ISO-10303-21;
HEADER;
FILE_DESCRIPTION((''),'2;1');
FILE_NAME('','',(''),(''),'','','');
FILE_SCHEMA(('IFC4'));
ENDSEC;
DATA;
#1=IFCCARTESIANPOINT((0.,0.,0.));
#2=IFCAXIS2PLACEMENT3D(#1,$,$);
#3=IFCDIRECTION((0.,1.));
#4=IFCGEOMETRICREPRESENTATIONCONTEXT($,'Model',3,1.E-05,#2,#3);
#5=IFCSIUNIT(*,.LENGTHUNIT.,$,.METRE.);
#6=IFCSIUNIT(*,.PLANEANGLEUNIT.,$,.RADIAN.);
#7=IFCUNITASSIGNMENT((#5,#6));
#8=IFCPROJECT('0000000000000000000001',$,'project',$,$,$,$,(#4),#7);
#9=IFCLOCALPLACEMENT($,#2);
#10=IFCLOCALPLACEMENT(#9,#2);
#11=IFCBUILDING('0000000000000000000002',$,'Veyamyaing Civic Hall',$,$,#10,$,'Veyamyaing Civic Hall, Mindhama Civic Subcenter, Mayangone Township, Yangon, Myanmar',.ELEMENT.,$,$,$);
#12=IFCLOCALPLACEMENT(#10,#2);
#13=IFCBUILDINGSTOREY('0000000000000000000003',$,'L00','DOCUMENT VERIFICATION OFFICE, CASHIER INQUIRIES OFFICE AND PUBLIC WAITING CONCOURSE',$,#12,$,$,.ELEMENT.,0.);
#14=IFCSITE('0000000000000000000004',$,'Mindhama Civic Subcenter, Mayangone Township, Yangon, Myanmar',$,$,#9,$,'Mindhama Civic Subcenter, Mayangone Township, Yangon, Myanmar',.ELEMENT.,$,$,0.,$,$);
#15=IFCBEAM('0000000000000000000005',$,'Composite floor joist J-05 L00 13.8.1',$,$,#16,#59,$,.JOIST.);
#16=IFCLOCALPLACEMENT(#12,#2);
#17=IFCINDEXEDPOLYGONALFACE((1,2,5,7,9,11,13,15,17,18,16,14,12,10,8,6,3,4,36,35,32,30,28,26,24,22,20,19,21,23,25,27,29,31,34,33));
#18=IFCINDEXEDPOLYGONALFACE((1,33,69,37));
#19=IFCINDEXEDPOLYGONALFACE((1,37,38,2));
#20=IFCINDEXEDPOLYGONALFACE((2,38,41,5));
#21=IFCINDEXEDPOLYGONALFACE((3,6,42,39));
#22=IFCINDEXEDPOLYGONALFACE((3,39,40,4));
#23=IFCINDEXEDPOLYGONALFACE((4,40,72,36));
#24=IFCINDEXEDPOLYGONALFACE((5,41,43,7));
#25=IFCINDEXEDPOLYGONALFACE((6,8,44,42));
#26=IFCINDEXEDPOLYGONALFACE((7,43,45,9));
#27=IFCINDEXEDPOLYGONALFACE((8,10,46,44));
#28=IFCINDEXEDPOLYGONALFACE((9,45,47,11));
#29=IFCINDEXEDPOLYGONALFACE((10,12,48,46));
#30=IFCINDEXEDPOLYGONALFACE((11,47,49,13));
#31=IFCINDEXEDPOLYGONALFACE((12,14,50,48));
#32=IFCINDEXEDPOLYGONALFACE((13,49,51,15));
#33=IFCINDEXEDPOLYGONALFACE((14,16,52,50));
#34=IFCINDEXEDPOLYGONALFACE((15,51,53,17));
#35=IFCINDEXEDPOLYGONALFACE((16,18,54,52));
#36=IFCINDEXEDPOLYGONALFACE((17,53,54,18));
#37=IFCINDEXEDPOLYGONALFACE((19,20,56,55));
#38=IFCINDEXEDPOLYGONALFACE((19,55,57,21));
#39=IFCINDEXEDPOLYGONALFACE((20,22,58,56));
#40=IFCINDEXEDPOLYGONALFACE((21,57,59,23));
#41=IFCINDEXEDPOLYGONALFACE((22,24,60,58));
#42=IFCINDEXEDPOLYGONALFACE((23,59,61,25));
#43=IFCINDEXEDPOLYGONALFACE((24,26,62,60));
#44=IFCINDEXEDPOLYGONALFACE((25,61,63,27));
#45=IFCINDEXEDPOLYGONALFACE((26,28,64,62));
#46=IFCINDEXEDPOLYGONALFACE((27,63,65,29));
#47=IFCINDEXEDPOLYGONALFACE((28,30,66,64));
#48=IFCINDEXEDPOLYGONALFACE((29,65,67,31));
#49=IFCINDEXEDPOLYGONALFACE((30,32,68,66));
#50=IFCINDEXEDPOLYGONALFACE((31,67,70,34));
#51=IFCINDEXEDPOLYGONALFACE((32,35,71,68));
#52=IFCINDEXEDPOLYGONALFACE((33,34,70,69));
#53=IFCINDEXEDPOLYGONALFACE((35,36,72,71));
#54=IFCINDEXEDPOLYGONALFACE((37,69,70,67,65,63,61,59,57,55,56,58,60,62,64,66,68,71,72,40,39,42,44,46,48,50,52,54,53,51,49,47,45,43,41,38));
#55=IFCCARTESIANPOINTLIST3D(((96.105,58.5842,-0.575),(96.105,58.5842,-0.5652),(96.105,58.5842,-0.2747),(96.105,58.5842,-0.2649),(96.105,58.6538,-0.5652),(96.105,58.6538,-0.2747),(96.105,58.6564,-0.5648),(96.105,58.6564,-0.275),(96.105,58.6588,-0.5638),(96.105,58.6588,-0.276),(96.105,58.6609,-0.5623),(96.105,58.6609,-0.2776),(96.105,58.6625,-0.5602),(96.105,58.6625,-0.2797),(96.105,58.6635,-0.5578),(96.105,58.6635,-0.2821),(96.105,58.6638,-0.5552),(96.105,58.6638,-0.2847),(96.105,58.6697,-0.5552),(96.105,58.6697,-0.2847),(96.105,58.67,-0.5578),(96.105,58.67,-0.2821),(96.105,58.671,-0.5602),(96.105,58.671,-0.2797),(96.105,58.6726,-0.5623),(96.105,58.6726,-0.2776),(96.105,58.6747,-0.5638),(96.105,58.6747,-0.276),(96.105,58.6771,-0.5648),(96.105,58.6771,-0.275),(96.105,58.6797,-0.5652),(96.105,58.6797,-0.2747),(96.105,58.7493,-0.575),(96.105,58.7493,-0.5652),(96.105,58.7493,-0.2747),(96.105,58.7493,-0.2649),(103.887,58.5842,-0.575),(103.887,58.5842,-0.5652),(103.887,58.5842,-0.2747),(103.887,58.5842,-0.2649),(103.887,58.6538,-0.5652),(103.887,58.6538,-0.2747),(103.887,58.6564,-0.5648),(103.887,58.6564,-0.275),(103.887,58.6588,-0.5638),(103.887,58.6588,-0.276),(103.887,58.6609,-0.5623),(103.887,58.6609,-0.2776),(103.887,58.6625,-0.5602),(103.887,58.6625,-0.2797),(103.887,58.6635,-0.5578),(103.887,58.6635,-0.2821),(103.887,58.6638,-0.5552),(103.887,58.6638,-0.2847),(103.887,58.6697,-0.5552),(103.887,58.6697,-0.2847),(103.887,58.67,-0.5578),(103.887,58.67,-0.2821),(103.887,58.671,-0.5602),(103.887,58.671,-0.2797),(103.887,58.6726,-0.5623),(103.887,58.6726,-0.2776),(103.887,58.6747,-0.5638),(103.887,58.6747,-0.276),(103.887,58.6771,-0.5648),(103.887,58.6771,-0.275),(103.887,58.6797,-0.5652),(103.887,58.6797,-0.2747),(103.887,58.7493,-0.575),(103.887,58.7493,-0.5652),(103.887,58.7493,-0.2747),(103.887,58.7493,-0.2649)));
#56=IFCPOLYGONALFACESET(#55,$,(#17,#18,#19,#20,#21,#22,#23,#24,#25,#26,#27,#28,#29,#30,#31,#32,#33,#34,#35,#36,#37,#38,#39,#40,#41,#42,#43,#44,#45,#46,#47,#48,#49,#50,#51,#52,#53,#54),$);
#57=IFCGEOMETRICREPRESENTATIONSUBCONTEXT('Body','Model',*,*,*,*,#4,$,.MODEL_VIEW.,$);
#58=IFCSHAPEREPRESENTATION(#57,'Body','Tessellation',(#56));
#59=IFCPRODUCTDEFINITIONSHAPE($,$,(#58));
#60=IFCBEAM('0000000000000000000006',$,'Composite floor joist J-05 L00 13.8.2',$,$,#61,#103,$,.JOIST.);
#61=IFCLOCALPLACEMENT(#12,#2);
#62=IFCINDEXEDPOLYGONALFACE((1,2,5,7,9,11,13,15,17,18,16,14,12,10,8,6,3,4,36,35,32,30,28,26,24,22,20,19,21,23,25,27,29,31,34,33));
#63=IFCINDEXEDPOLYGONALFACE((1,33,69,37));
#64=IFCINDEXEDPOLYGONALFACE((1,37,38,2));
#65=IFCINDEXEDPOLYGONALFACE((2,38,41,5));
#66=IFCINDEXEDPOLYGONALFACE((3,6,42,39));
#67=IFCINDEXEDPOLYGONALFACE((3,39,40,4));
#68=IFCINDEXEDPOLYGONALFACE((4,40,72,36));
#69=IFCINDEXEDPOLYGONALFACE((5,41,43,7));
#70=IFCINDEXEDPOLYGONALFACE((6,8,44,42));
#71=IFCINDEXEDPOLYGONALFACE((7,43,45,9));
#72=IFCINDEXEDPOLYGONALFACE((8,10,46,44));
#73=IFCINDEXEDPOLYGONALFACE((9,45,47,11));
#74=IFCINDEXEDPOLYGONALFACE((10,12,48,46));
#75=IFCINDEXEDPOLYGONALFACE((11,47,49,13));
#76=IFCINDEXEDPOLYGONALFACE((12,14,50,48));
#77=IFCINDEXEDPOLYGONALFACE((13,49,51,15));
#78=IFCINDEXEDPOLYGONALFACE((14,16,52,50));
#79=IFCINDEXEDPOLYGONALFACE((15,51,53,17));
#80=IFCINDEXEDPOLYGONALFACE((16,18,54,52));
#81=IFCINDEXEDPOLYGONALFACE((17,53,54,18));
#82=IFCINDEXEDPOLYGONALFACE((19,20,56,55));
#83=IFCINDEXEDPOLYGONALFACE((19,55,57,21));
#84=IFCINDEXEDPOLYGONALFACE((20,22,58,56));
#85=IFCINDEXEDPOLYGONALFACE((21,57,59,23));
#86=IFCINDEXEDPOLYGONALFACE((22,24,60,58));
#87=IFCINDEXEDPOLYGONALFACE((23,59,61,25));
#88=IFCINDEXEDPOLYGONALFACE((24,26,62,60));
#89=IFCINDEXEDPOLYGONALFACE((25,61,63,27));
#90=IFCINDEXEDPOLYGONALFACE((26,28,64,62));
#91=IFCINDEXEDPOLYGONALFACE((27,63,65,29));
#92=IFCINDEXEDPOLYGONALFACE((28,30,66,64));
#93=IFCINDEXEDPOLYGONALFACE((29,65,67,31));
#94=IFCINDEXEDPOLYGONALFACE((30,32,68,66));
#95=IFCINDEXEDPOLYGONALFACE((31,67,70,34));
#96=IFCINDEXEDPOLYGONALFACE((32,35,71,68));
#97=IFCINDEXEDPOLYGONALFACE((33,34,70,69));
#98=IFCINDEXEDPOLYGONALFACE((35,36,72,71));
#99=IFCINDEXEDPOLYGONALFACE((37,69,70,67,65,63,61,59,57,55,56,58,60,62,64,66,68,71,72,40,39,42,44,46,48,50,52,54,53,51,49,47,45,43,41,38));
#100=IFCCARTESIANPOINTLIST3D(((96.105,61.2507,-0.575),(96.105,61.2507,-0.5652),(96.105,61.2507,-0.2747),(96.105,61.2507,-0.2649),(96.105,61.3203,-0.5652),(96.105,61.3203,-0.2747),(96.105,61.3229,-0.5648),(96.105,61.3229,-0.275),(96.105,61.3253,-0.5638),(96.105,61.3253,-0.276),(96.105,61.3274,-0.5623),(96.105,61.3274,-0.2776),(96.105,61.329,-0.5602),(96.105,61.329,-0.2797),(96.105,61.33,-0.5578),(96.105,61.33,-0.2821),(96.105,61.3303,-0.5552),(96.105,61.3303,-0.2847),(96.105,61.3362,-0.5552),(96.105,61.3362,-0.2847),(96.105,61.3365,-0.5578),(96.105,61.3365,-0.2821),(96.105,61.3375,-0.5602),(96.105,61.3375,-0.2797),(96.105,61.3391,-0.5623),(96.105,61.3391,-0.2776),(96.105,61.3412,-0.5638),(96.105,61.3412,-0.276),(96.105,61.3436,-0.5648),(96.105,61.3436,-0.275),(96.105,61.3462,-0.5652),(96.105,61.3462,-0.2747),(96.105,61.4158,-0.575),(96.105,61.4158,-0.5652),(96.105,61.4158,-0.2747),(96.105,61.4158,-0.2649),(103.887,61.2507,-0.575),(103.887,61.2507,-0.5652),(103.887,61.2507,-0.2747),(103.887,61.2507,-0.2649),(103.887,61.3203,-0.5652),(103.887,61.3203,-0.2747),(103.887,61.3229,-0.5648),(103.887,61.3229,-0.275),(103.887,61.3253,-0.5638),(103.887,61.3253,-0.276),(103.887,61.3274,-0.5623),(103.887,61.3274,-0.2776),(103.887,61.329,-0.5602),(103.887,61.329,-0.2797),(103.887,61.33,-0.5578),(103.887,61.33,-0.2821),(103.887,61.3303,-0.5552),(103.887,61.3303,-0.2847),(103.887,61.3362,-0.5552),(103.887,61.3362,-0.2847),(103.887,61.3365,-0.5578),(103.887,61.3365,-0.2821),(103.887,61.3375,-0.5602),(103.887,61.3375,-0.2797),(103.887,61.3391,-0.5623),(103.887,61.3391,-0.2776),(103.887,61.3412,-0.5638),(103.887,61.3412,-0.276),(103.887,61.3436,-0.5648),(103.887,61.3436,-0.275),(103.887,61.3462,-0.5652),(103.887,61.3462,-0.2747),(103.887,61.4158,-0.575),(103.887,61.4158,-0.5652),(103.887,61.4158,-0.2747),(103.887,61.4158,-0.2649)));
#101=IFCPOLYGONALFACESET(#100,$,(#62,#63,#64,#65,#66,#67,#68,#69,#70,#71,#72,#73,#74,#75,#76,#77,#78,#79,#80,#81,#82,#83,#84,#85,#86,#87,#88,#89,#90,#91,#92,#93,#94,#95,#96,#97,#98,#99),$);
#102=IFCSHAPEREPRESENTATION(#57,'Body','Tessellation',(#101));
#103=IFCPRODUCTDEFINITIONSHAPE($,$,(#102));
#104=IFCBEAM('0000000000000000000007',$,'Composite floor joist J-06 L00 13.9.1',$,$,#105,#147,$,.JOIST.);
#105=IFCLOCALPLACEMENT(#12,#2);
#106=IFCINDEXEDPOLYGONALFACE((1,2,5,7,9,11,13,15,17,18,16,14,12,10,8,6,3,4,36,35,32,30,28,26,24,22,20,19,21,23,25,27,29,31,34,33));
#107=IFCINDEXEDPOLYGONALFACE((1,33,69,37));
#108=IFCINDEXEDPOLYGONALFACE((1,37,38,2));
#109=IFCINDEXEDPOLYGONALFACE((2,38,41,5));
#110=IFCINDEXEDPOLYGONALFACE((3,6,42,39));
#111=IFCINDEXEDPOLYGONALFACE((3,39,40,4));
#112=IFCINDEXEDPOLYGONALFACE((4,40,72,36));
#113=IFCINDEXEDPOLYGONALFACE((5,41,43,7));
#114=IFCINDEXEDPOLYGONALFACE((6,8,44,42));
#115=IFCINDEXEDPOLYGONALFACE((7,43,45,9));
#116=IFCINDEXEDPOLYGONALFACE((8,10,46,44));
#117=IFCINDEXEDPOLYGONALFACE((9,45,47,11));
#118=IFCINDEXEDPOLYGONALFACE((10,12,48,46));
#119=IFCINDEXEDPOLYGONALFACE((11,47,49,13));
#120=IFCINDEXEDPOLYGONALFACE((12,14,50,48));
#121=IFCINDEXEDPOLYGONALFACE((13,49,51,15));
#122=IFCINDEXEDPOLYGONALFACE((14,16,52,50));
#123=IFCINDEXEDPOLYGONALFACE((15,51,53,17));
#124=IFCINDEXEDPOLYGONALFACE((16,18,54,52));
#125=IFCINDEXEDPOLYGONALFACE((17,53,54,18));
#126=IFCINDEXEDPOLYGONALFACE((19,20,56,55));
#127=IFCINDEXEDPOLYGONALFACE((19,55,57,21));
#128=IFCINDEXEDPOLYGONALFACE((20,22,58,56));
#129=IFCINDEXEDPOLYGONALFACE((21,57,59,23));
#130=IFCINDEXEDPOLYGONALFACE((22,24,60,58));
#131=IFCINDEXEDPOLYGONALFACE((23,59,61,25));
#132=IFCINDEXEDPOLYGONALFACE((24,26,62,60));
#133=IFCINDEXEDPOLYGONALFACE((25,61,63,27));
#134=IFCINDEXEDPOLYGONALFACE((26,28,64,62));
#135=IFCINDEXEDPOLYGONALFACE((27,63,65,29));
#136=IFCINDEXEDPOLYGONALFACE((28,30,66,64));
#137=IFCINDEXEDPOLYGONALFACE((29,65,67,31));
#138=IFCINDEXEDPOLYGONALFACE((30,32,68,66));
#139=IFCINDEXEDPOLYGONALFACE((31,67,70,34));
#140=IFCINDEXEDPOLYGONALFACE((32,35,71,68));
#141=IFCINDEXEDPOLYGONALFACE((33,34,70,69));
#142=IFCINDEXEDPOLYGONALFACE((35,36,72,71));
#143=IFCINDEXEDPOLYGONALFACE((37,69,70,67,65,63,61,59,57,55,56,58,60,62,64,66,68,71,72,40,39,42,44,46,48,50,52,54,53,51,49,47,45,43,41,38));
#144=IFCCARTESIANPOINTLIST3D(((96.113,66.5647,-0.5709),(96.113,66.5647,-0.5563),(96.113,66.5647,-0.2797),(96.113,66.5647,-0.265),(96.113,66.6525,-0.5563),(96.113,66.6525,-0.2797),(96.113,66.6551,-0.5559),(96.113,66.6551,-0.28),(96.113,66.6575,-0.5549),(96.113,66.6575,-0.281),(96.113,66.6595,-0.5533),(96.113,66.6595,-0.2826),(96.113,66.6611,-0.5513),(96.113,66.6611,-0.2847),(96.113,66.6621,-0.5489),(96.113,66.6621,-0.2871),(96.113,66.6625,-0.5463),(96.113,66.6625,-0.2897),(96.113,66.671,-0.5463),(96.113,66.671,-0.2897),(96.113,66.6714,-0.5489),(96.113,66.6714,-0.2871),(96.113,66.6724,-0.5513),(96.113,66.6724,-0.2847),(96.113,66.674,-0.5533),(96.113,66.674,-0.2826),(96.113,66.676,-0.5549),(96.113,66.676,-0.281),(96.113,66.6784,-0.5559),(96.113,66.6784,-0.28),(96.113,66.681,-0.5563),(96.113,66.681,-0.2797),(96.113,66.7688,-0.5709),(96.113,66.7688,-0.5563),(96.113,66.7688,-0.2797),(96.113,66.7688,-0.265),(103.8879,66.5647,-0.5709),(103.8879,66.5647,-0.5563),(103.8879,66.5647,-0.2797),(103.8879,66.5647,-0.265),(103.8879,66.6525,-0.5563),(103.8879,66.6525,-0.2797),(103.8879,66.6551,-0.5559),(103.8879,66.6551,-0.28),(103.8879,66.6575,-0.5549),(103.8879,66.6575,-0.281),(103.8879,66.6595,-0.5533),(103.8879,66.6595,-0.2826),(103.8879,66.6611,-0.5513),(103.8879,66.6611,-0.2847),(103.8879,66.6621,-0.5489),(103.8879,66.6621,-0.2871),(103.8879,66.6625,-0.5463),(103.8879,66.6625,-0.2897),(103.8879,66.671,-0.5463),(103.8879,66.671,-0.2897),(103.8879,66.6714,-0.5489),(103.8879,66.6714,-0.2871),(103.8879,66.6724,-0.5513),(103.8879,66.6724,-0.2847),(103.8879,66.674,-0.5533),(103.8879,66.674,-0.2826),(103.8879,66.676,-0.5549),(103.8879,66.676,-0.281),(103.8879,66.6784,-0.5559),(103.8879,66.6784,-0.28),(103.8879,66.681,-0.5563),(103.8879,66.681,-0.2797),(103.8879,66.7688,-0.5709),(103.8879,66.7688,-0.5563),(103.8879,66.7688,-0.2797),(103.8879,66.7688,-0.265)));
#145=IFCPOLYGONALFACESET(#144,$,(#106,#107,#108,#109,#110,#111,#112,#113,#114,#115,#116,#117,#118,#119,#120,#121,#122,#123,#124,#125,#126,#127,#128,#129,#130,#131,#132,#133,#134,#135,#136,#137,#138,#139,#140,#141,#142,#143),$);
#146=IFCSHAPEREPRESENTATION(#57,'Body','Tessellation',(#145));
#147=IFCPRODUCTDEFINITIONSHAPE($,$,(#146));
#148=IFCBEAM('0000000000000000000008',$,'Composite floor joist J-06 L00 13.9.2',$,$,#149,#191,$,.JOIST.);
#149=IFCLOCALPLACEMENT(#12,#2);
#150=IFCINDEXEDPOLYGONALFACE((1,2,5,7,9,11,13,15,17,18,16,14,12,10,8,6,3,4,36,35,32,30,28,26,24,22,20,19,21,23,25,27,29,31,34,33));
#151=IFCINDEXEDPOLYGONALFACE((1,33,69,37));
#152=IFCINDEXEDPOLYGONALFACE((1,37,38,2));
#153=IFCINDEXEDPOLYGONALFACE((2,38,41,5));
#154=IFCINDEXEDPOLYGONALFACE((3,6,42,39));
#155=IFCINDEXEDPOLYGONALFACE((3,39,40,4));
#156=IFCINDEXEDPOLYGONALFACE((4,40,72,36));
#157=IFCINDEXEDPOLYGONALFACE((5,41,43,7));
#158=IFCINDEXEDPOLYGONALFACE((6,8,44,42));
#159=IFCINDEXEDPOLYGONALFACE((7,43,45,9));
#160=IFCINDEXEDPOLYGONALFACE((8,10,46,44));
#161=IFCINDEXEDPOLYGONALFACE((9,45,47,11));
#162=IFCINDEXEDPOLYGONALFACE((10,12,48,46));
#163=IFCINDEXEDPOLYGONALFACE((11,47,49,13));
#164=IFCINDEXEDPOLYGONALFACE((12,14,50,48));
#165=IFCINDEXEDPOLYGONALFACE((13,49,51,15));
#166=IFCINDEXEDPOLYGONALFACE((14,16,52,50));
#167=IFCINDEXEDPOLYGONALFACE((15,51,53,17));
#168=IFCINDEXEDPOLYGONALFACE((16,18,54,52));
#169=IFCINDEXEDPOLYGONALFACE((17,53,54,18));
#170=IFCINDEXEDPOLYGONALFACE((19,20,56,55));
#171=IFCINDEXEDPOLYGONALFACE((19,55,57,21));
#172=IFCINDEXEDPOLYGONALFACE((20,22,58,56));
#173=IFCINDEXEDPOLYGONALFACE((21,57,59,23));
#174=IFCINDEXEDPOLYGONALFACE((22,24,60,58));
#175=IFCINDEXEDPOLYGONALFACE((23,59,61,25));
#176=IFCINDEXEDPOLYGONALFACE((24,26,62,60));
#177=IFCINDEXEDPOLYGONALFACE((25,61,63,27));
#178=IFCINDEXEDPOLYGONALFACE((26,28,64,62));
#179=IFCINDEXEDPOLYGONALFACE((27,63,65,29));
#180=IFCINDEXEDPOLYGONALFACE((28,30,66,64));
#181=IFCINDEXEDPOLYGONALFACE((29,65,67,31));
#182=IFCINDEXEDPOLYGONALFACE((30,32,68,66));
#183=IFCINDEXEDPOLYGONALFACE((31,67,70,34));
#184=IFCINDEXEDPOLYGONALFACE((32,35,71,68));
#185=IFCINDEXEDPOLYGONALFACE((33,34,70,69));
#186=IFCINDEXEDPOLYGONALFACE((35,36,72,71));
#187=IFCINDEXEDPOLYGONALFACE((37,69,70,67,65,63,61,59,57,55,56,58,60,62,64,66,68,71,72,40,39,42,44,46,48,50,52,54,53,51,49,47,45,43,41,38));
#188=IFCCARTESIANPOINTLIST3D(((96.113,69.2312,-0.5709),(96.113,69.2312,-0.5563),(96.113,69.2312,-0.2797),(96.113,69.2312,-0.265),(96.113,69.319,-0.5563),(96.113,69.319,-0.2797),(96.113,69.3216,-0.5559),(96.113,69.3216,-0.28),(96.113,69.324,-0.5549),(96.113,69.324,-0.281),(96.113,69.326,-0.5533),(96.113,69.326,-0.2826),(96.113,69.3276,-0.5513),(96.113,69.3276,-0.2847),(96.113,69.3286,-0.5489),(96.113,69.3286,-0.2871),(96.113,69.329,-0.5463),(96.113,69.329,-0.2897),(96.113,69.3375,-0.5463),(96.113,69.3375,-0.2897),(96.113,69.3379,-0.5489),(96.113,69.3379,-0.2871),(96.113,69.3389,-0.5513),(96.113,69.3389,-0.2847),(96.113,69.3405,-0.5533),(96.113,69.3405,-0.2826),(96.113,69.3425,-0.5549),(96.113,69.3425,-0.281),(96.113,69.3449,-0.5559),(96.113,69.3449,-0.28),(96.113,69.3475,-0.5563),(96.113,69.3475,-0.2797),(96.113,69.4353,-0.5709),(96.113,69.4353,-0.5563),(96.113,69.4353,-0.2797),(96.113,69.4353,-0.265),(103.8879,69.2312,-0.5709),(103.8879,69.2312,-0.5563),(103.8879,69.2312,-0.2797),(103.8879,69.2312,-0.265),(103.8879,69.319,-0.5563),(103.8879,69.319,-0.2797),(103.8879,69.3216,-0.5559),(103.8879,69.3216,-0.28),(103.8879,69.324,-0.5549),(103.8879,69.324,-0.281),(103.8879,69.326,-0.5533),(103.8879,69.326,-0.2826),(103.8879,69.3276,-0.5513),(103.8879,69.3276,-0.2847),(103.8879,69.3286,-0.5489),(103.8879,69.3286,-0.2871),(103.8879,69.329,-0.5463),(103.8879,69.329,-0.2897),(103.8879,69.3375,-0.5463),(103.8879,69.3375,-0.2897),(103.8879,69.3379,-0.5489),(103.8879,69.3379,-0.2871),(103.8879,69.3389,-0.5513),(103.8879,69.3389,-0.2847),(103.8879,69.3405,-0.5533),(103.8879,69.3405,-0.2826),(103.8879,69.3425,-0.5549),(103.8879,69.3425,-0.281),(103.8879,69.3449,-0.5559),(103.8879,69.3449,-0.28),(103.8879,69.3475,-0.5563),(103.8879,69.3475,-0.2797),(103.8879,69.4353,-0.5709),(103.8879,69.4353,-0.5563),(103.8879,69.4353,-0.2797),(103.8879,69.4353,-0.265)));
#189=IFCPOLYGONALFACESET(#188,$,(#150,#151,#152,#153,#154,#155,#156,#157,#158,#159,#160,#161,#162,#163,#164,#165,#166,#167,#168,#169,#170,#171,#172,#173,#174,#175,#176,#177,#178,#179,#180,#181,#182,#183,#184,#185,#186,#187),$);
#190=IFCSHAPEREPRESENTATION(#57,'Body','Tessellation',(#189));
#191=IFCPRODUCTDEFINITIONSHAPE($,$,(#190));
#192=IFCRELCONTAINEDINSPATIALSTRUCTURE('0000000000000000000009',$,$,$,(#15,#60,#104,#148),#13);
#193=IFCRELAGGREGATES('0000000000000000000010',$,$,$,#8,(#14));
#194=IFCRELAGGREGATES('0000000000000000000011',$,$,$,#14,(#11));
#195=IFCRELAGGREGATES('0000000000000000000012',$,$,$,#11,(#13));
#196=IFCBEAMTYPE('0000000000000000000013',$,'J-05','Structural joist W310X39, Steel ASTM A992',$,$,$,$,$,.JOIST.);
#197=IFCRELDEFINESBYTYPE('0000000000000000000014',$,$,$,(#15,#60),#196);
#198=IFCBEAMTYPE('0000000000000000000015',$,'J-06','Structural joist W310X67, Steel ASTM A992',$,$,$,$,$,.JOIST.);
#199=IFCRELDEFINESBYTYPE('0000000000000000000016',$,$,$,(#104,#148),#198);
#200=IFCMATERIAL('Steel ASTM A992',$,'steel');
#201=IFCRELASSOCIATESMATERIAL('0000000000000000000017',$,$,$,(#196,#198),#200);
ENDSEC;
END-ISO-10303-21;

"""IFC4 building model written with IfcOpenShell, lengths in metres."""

from ifc_helpers import new_model, si_unit, direction, frame, origin, origin_2d, place, context, subcontext, project, spatial, i_section, extrude, material, material_profile, profile_set, type_object, element, save


model = new_model("IFC4")

# Units and contexts
model_context = context("Model", 3, precision=1e-05, world=origin(), true_north=direction((0.0, 1.0)))
body_context = subcontext(model_context, "Body", "Model", "MODEL_VIEW")
ifc_project = project(units=[si_unit("LENGTHUNIT", "METRE"), si_unit("PLANEANGLEUNIT", "RADIAN")], contexts=[model_context])

# Site, building, storey
site_placement = place(None, origin())
site = spatial("IfcSite", under=ifc_project, at=site_placement, Name="Mindhama Civic Subcenter, Mayangone Township, Yangon, Myanmar", LongName="Mindhama Civic Subcenter, Mayangone Township, Yangon, Myanmar", CompositionType="ELEMENT", RefElevation=0.0)
building_placement = place(site_placement, origin())
building = spatial("IfcBuilding", under=site, at=building_placement, Name="Veyamyaing Civic Hall", LongName="Veyamyaing Civic Hall, Mindhama Civic Subcenter, Mayangone Township, Yangon, Myanmar", CompositionType="ELEMENT")
storey_placement = place(building_placement, origin())
storey = spatial("IfcBuildingStorey", under=building, at=storey_placement, Name="L00", Description="DOCUMENT VERIFICATION OFFICE, CASHIER INQUIRIES OFFICE AND PUBLIC WAITING CONCOURSE", CompositionType="ELEMENT", Elevation=0.0)

# Beams
ifc_material_1 = material(Name="Steel ASTM A992", Category="steel")
ifc_material_profile_1 = material_profile(ifc_material_1, i_section(OverallWidth=0.165, OverallDepth=0.3101, WebThickness=0.0059, FlangeThickness=0.0098, FilletRadius=0.01, at=origin_2d()), Name="W310X39")
ifc_profile_set_1 = profile_set([ifc_material_profile_1], Name="Steel ASTM A992")
beam_type_1 = type_object("IfcBeamType", Name="J-05", Description="Structural joist W310X39, Steel ASTM A992", PredefinedType="JOIST", material=ifc_profile_set_1)
for number, where, z_axis, x_axis, name in (
    (1, (96.105, 58.6667, -0.4199), (1.0, 0.0, 0.0), (0.0, 1.0, 0.0), "Composite floor joist J-05 L00 13.8.1"),
    (2, (96.105, 61.3333, -0.4199), (1.0, 0.0, 0.0), (0.0, 1.0, 0.0), "Composite floor joist J-05 L00 13.8.2"),
):
    element("IfcBeam", number, at=place(storey_placement, frame(where, z_axis=z_axis, x_axis=x_axis)), inside=storey, type_object=beam_type_1, Name=name, PredefinedType="JOIST", context=body_context, shape_type="SweptSolid", body=[
        extrude(i_section(OverallWidth=0.165, OverallDepth=0.3101, WebThickness=0.0059, FlangeThickness=0.0098, FilletRadius=0.01, at=origin_2d()), origin(), (0.0, 0.0, 1.0), 7.782),
    ])
ifc_material_profile_2 = material_profile(ifc_material_1, i_section(OverallWidth=0.2041, OverallDepth=0.3059, WebThickness=0.0085, FlangeThickness=0.0146, FilletRadius=0.01, at=origin_2d()), Name="W310X67")
ifc_profile_set_2 = profile_set([ifc_material_profile_2], Name="Steel ASTM A992")
beam_type_2 = type_object("IfcBeamType", Name="J-06", Description="Structural joist W310X67, Steel ASTM A992", PredefinedType="JOIST", material=ifc_profile_set_2)
for number, where, z_axis, x_axis, name in (
    (3, (96.113, 66.6667, -0.418), (1.0, 0.0, 0.0), (0.0, 1.0, 0.0), "Composite floor joist J-06 L00 13.9.1"),
    (4, (96.113, 69.3333, -0.418), (1.0, 0.0, 0.0), (0.0, 1.0, 0.0), "Composite floor joist J-06 L00 13.9.2"),
):
    element("IfcBeam", number, at=place(storey_placement, frame(where, z_axis=z_axis, x_axis=x_axis)), inside=storey, type_object=beam_type_2, Name=name, PredefinedType="JOIST", context=body_context, shape_type="SweptSolid", body=[
        extrude(i_section(OverallWidth=0.2041, OverallDepth=0.3059, WebThickness=0.0085, FlangeThickness=0.0146, FilletRadius=0.01, at=origin_2d()), origin(), (0.0, 0.0, 1.0), 7.7749),
    ])

save(model, "model.ifc")
